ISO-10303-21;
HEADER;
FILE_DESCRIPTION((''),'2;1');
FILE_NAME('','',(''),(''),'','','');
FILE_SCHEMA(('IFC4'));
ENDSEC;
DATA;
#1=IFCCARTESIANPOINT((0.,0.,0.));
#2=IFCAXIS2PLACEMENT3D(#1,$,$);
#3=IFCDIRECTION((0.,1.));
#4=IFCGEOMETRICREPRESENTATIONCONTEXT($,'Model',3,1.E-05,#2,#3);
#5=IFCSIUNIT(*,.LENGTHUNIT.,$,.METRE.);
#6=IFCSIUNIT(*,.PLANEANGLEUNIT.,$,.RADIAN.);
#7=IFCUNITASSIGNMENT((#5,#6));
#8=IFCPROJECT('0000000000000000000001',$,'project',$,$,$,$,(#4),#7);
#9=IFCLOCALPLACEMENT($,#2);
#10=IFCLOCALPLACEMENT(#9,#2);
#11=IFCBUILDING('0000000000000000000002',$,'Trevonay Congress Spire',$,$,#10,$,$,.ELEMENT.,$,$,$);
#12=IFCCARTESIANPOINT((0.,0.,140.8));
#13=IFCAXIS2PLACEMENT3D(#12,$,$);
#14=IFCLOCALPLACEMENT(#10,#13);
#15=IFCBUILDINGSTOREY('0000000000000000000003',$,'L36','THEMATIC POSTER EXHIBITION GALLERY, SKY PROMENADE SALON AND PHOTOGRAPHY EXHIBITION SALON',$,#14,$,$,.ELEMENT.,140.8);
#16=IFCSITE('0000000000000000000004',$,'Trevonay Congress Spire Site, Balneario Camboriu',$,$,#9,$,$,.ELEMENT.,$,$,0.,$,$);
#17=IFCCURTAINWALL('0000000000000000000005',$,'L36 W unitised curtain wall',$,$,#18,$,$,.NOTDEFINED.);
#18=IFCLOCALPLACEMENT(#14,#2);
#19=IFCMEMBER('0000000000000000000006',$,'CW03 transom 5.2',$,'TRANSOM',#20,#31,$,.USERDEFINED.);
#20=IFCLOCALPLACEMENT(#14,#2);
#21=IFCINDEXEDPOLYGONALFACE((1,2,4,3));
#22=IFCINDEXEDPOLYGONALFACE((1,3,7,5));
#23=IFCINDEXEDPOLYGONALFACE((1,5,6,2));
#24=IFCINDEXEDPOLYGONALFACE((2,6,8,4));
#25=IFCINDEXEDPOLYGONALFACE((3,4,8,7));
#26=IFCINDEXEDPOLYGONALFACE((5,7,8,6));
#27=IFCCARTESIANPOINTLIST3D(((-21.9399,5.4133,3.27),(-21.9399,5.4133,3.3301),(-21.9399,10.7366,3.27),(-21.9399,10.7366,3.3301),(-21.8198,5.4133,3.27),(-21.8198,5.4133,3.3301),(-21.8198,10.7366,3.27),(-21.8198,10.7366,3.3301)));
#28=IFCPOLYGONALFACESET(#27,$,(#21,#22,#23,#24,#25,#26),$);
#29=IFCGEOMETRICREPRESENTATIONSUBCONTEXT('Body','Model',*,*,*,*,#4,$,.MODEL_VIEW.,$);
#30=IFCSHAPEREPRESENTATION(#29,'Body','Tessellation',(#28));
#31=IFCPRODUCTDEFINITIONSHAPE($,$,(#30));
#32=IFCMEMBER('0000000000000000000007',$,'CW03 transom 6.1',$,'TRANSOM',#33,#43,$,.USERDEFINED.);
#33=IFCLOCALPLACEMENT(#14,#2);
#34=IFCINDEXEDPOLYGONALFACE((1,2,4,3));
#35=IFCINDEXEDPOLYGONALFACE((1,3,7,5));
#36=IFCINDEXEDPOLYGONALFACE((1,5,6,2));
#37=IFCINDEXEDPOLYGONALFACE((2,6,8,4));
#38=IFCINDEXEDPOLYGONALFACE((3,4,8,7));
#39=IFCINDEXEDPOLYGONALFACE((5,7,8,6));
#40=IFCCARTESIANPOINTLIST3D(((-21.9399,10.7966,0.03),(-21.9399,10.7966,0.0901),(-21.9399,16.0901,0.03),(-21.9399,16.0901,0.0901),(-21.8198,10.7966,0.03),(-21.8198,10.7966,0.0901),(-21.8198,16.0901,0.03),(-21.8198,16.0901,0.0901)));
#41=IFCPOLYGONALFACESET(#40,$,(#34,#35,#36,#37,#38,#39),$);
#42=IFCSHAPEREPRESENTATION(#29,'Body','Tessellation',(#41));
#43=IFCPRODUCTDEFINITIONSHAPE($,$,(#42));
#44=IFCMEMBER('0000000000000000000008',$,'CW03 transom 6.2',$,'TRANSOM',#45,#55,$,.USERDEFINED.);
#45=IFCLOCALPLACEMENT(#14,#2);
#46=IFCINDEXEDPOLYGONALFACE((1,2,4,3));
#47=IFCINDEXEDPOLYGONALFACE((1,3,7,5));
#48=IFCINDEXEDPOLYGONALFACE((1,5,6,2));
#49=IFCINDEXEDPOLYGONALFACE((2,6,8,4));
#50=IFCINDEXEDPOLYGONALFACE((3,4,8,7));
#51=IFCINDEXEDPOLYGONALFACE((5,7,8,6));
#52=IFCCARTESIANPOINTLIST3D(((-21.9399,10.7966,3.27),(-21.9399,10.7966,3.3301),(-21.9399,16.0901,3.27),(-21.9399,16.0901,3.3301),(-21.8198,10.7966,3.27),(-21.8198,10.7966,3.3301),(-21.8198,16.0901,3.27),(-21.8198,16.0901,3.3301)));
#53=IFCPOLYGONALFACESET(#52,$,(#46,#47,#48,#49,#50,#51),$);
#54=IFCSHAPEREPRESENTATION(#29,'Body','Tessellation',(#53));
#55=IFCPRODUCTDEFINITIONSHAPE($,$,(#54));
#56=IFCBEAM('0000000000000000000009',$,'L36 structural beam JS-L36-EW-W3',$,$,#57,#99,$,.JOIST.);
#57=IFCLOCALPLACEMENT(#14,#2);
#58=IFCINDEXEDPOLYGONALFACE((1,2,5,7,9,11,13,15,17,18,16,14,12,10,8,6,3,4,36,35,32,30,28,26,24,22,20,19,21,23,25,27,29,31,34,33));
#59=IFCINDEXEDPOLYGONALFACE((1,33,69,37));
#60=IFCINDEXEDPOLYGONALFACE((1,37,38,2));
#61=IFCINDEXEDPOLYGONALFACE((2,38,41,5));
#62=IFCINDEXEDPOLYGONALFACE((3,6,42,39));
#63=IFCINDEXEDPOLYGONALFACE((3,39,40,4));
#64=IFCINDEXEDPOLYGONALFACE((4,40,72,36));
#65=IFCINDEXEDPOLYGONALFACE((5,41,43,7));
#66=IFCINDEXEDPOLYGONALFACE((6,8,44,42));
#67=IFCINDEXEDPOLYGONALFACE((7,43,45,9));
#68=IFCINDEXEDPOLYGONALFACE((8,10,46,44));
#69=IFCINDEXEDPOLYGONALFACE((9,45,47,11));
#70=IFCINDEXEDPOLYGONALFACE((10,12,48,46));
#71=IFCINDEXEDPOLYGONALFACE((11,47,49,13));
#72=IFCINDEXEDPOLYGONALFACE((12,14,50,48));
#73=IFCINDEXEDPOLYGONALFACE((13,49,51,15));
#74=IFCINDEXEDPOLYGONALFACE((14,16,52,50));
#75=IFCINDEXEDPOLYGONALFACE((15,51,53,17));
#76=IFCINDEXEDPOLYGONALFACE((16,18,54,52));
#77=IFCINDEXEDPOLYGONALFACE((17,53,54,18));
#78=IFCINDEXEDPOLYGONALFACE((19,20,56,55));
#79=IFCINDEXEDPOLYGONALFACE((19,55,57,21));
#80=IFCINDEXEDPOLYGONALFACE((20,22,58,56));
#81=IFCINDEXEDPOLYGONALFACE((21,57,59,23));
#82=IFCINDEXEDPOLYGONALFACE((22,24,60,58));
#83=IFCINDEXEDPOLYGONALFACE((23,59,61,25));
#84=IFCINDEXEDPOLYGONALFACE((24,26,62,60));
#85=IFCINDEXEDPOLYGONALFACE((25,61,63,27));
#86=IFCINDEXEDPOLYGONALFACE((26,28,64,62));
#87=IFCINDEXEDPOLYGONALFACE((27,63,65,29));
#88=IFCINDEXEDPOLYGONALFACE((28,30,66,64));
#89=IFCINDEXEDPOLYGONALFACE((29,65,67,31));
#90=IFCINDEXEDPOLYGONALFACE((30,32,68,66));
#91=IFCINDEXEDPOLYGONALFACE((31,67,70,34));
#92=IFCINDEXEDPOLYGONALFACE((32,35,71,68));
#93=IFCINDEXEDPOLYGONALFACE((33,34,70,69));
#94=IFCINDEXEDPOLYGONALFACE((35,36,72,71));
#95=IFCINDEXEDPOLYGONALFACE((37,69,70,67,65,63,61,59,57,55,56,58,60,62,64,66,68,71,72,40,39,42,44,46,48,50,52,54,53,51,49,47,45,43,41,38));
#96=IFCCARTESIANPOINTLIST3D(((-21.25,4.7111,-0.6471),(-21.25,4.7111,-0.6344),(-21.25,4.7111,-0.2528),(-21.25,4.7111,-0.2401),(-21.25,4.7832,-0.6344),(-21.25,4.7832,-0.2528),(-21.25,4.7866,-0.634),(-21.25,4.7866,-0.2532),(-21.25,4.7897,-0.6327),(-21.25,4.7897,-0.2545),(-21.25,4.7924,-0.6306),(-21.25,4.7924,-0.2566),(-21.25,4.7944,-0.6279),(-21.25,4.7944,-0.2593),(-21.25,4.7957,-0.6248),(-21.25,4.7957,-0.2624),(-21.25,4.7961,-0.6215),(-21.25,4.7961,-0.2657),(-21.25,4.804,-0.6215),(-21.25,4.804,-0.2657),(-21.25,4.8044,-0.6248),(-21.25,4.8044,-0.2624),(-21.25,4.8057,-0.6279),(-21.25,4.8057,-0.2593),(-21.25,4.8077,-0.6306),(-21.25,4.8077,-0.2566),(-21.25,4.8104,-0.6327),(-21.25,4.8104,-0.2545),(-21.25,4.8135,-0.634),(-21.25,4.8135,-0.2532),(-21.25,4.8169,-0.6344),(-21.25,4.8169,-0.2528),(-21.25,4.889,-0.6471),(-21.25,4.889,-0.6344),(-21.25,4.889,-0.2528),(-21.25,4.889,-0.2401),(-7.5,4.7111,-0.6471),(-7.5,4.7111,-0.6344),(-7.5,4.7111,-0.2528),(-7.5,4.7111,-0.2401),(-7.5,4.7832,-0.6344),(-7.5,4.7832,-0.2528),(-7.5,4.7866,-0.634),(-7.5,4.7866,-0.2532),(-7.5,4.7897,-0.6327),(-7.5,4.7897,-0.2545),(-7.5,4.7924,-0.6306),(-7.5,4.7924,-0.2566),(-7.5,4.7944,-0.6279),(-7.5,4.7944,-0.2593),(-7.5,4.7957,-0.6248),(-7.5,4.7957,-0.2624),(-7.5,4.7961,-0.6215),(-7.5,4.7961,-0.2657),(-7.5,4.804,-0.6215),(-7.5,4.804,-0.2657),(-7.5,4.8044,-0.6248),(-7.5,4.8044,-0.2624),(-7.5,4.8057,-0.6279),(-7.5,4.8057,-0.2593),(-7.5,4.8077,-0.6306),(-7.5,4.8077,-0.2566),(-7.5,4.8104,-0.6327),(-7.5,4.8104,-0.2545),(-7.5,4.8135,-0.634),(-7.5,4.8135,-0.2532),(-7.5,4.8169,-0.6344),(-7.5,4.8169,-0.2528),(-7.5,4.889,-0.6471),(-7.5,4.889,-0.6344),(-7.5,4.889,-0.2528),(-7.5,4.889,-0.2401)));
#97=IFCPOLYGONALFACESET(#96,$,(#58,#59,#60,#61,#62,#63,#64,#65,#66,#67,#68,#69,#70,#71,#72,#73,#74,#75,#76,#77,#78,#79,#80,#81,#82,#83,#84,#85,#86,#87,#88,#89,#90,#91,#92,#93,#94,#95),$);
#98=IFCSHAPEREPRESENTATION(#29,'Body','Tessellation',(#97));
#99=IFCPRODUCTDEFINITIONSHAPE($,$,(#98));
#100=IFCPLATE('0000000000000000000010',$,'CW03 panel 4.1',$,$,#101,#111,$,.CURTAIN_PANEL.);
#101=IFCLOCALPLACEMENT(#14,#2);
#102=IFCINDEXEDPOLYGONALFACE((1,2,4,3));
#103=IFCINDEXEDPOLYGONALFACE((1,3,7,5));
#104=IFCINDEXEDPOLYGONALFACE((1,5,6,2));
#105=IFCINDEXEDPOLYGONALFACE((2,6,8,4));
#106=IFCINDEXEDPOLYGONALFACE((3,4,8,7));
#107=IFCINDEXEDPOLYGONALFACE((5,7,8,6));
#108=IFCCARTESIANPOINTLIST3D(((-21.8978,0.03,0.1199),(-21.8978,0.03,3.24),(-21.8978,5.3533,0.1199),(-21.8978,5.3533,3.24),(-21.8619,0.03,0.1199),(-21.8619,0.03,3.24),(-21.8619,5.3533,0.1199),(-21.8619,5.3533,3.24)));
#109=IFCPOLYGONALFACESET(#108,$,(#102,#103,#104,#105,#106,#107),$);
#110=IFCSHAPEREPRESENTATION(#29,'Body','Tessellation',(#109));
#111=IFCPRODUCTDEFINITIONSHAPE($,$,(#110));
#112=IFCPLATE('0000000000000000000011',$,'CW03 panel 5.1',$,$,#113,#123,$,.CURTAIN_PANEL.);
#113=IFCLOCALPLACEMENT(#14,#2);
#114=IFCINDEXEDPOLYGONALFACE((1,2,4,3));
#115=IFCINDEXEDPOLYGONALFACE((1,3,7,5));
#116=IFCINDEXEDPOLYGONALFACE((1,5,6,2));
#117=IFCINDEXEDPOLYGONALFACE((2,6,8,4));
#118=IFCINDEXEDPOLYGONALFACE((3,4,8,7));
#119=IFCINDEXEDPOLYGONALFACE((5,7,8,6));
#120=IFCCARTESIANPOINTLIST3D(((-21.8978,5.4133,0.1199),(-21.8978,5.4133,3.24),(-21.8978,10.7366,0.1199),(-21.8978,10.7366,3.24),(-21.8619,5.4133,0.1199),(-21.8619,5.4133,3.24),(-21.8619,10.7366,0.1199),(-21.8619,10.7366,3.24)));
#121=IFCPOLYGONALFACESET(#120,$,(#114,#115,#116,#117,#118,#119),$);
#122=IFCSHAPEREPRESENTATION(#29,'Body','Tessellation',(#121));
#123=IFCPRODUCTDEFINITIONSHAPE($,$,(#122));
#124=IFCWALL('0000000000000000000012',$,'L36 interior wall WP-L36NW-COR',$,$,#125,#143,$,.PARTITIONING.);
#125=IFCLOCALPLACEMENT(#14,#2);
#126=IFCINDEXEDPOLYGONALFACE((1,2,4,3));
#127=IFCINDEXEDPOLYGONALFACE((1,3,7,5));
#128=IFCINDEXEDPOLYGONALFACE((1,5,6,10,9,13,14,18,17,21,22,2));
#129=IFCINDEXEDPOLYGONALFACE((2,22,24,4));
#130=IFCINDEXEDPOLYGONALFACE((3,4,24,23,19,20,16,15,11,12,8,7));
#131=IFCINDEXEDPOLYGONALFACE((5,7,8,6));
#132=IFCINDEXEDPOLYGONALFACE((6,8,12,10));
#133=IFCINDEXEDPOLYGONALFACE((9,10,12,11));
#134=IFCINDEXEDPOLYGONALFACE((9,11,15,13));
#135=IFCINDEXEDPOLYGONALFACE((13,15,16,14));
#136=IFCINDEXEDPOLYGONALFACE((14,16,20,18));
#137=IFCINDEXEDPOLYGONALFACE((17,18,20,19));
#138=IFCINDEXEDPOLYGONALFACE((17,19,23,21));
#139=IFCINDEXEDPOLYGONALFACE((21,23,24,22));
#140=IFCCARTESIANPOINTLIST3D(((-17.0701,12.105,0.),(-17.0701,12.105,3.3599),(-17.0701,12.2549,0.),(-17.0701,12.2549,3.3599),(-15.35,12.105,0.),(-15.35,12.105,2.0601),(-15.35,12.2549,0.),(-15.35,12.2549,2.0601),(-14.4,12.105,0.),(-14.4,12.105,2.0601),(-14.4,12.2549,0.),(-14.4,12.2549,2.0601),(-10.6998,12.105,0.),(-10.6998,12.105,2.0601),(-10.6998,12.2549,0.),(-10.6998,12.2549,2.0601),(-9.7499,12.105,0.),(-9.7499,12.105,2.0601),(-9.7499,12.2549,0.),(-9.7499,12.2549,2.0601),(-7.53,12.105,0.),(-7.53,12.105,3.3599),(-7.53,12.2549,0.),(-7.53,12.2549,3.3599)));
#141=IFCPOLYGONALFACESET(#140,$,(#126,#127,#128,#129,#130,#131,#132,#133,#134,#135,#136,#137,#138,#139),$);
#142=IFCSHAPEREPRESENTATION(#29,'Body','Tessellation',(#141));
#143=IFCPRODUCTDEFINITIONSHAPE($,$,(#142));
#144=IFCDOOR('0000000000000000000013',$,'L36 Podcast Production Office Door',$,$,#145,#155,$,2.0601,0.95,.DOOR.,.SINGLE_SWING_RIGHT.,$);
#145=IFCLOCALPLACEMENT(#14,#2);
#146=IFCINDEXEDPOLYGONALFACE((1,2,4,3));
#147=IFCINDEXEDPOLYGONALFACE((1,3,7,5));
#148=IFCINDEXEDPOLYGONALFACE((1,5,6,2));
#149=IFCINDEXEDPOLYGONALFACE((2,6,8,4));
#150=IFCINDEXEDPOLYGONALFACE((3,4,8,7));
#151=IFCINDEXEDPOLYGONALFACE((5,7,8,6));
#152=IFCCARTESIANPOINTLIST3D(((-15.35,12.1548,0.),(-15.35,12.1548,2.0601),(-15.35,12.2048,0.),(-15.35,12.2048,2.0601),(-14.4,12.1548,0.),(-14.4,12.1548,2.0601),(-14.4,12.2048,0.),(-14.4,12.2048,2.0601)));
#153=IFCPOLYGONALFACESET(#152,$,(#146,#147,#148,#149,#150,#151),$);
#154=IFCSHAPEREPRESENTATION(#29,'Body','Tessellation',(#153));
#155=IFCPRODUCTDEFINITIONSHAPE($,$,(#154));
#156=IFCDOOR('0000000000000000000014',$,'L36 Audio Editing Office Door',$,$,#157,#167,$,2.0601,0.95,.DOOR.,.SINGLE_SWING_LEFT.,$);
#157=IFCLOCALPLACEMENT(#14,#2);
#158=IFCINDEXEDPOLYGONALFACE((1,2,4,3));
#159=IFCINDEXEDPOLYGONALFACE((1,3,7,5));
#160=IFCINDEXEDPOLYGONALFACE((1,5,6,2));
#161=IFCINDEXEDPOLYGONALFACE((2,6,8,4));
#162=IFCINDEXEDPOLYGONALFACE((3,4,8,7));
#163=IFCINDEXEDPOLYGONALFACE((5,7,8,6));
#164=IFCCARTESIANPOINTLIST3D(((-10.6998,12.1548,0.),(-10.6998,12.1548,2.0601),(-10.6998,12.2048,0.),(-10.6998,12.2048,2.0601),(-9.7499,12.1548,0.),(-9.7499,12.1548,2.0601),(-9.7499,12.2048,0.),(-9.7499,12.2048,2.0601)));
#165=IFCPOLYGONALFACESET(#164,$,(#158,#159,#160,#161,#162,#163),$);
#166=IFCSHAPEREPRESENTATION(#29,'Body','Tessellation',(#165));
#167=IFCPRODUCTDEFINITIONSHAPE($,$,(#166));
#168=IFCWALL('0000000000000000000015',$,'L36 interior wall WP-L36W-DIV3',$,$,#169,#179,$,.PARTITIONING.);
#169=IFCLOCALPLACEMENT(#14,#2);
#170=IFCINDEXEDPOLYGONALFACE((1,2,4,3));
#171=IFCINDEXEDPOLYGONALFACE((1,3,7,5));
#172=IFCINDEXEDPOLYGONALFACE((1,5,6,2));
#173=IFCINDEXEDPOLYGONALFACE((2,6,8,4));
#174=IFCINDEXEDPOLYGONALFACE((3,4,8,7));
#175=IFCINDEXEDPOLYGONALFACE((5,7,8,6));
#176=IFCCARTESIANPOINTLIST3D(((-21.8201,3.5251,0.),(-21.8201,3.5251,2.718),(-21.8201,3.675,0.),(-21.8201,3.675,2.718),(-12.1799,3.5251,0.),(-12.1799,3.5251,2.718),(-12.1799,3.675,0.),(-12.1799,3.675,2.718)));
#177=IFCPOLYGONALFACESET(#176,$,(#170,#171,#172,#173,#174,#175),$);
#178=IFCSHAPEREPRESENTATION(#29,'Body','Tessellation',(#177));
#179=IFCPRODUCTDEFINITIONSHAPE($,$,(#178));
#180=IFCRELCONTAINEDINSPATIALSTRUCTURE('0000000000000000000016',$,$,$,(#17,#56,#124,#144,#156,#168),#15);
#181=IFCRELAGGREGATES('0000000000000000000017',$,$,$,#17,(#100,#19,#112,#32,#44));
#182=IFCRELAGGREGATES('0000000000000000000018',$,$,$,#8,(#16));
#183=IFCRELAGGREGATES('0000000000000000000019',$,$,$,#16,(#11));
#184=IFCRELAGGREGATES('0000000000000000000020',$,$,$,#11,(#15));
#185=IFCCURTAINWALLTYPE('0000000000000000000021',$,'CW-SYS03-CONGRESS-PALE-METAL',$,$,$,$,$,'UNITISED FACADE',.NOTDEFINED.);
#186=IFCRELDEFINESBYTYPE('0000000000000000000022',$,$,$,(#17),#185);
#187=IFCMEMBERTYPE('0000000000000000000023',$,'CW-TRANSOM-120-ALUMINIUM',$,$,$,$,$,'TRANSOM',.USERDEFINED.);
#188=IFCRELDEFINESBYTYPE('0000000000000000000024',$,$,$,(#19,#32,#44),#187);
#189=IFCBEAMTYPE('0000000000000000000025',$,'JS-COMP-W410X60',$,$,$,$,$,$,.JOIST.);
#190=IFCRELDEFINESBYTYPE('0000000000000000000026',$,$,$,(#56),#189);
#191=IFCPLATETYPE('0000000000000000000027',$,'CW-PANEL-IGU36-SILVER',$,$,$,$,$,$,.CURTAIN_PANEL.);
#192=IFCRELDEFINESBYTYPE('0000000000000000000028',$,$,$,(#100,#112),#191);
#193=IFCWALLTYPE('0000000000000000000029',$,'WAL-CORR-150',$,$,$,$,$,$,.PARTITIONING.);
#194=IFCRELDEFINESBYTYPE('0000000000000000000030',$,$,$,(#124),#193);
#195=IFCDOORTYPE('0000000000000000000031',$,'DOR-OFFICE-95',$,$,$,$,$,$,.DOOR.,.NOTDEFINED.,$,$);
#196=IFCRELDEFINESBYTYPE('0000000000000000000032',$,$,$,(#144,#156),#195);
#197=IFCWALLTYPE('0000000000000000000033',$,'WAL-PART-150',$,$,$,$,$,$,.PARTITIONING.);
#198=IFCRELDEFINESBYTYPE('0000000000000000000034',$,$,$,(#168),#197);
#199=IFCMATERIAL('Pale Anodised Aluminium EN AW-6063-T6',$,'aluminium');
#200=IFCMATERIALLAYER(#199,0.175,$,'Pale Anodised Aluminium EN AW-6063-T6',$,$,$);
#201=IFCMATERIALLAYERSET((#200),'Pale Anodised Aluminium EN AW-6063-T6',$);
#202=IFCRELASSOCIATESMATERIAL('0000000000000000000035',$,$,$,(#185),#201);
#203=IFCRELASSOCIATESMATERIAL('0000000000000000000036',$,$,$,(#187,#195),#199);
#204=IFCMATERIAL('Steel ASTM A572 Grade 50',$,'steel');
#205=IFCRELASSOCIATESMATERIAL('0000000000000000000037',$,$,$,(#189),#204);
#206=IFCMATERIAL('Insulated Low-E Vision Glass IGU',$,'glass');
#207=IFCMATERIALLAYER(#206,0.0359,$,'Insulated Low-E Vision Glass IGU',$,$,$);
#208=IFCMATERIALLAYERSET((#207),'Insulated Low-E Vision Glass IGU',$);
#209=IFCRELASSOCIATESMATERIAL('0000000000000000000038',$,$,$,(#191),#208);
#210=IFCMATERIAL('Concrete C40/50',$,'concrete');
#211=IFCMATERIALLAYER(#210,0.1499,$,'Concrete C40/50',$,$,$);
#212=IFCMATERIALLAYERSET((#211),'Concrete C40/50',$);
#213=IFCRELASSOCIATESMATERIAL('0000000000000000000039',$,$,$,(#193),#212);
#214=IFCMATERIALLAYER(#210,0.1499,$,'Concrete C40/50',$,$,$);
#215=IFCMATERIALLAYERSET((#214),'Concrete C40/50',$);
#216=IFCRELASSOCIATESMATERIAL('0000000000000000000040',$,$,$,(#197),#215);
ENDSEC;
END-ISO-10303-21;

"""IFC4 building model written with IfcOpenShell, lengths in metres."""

from ifc_helpers import new_model, si_unit, direction, frame, frame_2d, origin, origin_2d, place, context, subcontext, project, spatial, rectangle, i_section, extrude, material, layer, layer_set, material_profile, profile_set, type_object, element, fill, aggregate, save


model = new_model("IFC4")

# Units and contexts
model_context = context("Model", 3, precision=1e-05, world=origin(), true_north=direction((0.0, 1.0)))
body_context = subcontext(model_context, "Body", "Model", "MODEL_VIEW")
ifc_project = project(units=[si_unit("LENGTHUNIT", "METRE"), si_unit("PLANEANGLEUNIT", "RADIAN")], contexts=[model_context])

# Site, building, storey
site_placement = place(None, origin())
site = spatial("IfcSite", under=ifc_project, at=site_placement, Name="Trevonay Congress Spire Site, Balneario Camboriu", CompositionType="ELEMENT", RefElevation=0.0)
building_placement = place(site_placement, origin())
building = spatial("IfcBuilding", under=site, at=building_placement, Name="Trevonay Congress Spire", CompositionType="ELEMENT")
storey_placement = place(building_placement, frame((0.0, 0.0, 140.8)))
storey = spatial("IfcBuildingStorey", under=building, at=storey_placement, Name="L36", Description="THEMATIC POSTER EXHIBITION GALLERY, SKY PROMENADE SALON AND PHOTOGRAPHY EXHIBITION SALON", CompositionType="ELEMENT", Elevation=140.8)

# Shared definitions
ifc_material_1 = material(Name="Steel ASTM A572 Grade 50", Category="steel")

# Curtain wall, members
ifc_material_2 = material(Name="Pale Anodised Aluminium EN AW-6063-T6", Category="aluminium")
ifc_layer_1 = layer(ifc_material_2, 0.175, Name="Pale Anodised Aluminium EN AW-6063-T6")
ifc_layer_set_1 = layer_set([ifc_layer_1], Name="Pale Anodised Aluminium EN AW-6063-T6")
curtain_wall_type = type_object("IfcCurtainWallType", Name="CW-SYS03-CONGRESS-PALE-METAL", ElementType="UNITISED FACADE", PredefinedType="NOTDEFINED", material=ifc_layer_set_1)
curtain_wall_placement = place(storey_placement, origin())
curtain_wall = element("IfcCurtainWall", 1, at=curtain_wall_placement, inside=storey, type_object=curtain_wall_type, Name="L36 W unitised curtain wall", PredefinedType="NOTDEFINED")
ifc_material_profile_1 = material_profile(ifc_material_2, rectangle(XDim=0.1201, YDim=0.0601, at=origin_2d()), Name="CW-TRANSOM-120-ALUMINIUM")
ifc_profile_set_1 = profile_set([ifc_material_profile_1], Name="Pale Anodised Aluminium EN AW-6063-T6")
member_type_1 = type_object("IfcMemberType", Name="CW-TRANSOM-120-ALUMINIUM", ElementType="TRANSOM", PredefinedType="USERDEFINED", material=ifc_profile_set_1)
member_1_placement = place(storey_placement, frame((-21.8799, 5.4133, 3.3), z_axis=(0.0, 1.0, 0.0), x_axis=(-1.0, 0.0, 0.0)))
member_1 = element("IfcMember", 2, at=member_1_placement, type_object=member_type_1, Name="CW03 transom 5.2", ObjectType="TRANSOM", PredefinedType="USERDEFINED", context=body_context, shape_type="SweptSolid", body=[
    extrude(rectangle(XDim=0.1201, YDim=0.0601, at=origin_2d()), origin(), (0.0, 0.0, 1.0), 5.3232),
])
member_2_placement = place(storey_placement, frame((-21.8799, 10.7966, 0.0601), z_axis=(0.0, 1.0, 0.0), x_axis=(-1.0, 0.0, 0.0)))
member_2 = element("IfcMember", 3, at=member_2_placement, type_object=member_type_1, Name="CW03 transom 6.1", ObjectType="TRANSOM", PredefinedType="USERDEFINED", context=body_context, shape_type="SweptSolid", body=[
    extrude(rectangle(XDim=0.1201, YDim=0.0601, at=origin_2d()), origin(), (0.0, 0.0, 1.0), 5.2935),
])
member_3_placement = place(storey_placement, frame((-21.8799, 10.7966, 3.3), z_axis=(0.0, 1.0, 0.0), x_axis=(-1.0, 0.0, 0.0)))
member_3 = element("IfcMember", 4, at=member_3_placement, type_object=member_type_1, Name="CW03 transom 6.2", ObjectType="TRANSOM", PredefinedType="USERDEFINED", context=body_context, shape_type="SweptSolid", body=[
    extrude(rectangle(XDim=0.1201, YDim=0.0601, at=origin_2d()), origin(), (0.0, 0.0, 1.0), 5.2935),
])

# Beam
ifc_material_profile_2 = material_profile(ifc_material_1, i_section(OverallWidth=0.178, OverallDepth=0.407, WebThickness=0.0078, FlangeThickness=0.0127, FilletRadius=0.0129, at=origin_2d()), Name="W410x60")
ifc_profile_set_2 = profile_set([ifc_material_profile_2], Name="Steel ASTM A572 Grade 50")
beam_type_1 = type_object("IfcBeamType", Name="JS-COMP-W410X60", PredefinedType="JOIST", material=ifc_profile_set_2)
beam_placement = place(storey_placement, frame((-21.25, 4.8, -0.4436), z_axis=(1.0, 0.0, 0.0), x_axis=(0.0, 1.0, 0.0)))
element("IfcBeam", 5, at=beam_placement, inside=storey, type_object=beam_type_1, Name="L36 structural beam JS-L36-EW-W3", PredefinedType="JOIST", context=body_context, shape_type="SweptSolid", body=[
    extrude(i_section(OverallWidth=0.178, OverallDepth=0.407, WebThickness=0.0078, FlangeThickness=0.0127, FilletRadius=0.0129, at=origin_2d()), origin(), (0.0, 0.0, 1.0), 13.75),
])

# Plates
ifc_material_3 = material(Name="Insulated Low-E Vision Glass IGU", Category="glass")
ifc_layer_2 = layer(ifc_material_3, 0.0359, Name="Insulated Low-E Vision Glass IGU")
ifc_layer_set_2 = layer_set([ifc_layer_2], Name="Insulated Low-E Vision Glass IGU")
plate_type = type_object("IfcPlateType", Name="CW-PANEL-IGU36-SILVER", PredefinedType="CURTAIN_PANEL", material=ifc_layer_set_2)
plate_1_placement = place(storey_placement, frame((-21.8799, 2.6917, 0.1199), z_axis=(0.0, 0.0, 1.0), x_axis=(0.0, 1.0, 0.0)))
plate_1 = element("IfcPlate", 6, at=plate_1_placement, type_object=plate_type, Name="CW03 panel 4.1", PredefinedType="CURTAIN_PANEL", context=body_context, shape_type="SweptSolid", body=[
    extrude(rectangle(XDim=5.3232, YDim=0.0359, at=origin_2d()), origin(), (0.0, 0.0, 1.0), 3.1201),
])
plate_2_placement = place(storey_placement, frame((-21.8799, 8.075, 0.1199), z_axis=(0.0, 0.0, 1.0), x_axis=(0.0, 1.0, 0.0)))
plate_2 = element("IfcPlate", 7, at=plate_2_placement, type_object=plate_type, Name="CW03 panel 5.1", PredefinedType="CURTAIN_PANEL", context=body_context, shape_type="SweptSolid", body=[
    extrude(rectangle(XDim=5.3232, YDim=0.0359, at=origin_2d()), origin(), (0.0, 0.0, 1.0), 3.1201),
])
aggregate(curtain_wall, [plate_1, member_1, plate_2, member_2, member_3])

# Wall, openings, doors
ifc_material_4 = material(Name="Concrete C40/50", Category="concrete")
ifc_layer_3 = layer(ifc_material_4, 0.1499, Name="Concrete C40/50")
ifc_layer_set_3 = layer_set([ifc_layer_3], Name="Concrete C40/50")
wall_type_1 = type_object("IfcWallType", Name="WAL-CORR-150", PredefinedType="PARTITIONING", material=ifc_layer_set_3)
wall_1_placement = place(storey_placement, frame((-17.0701, 12.1799, 0.0), z_axis=(0.0, 0.0, 1.0), x_axis=(1.0, 0.0, 0.0)))
wall_1 = element("IfcWall", 8, at=wall_1_placement, inside=storey, type_object=wall_type_1, Name="L36 interior wall WP-L36NW-COR", PredefinedType="PARTITIONING", context=body_context, shape_type="SweptSolid", body=[
    extrude(rectangle(XDim=9.54, YDim=0.1499, at=frame_2d((4.77, 0.0))), origin(), (0.0, 0.0, 1.0), 3.3599),
])
opening_1_placement = place(wall_1_placement, frame((1.72, 0.0, 0.0)))
opening_1 = element("IfcOpeningElement", 9, at=opening_1_placement, cuts=wall_1, PredefinedType="OPENING", context=body_context, shape_type="SweptSolid", body=[
    extrude(rectangle(XDim=0.95, YDim=2.0601, at=frame_2d((0.4751, 1.03))), frame((0.0, 0.085, 0.0), z_axis=(0.0, -1.0, 0.0), x_axis=(1.0, 0.0, 0.0)), (0.0, 0.0, 1.0), 0.1699),
])
opening_2_placement = place(wall_1_placement, frame((6.3701, 0.0, 0.0)))
opening_2 = element("IfcOpeningElement", 10, at=opening_2_placement, cuts=wall_1, PredefinedType="OPENING", context=body_context, shape_type="SweptSolid", body=[
    extrude(rectangle(XDim=0.95, YDim=2.0601, at=frame_2d((0.4751, 1.03))), frame((0.0, 0.085, 0.0), z_axis=(0.0, -1.0, 0.0), x_axis=(1.0, 0.0, 0.0)), (0.0, 0.0, 1.0), 0.1699),
])
door_type = type_object("IfcDoorType", Name="DOR-OFFICE-95", OperationType="NOTDEFINED", PredefinedType="DOOR", material=ifc_material_2)
door_1_placement = place(opening_1_placement, origin())
door_1 = element("IfcDoor", 11, at=door_1_placement, inside=storey, type_object=door_type, Name="L36 Podcast Production Office Door", OperationType="SINGLE_SWING_RIGHT", OverallHeight=2.0601, OverallWidth=0.95, PredefinedType="DOOR", context=body_context, shape_type="SweptSolid", body=[
    extrude(rectangle(XDim=0.95, YDim=2.0601, at=frame_2d((0.4751, 1.03))), frame((0.0, 0.0249, 0.0), z_axis=(0.0, -1.0, 0.0), x_axis=(1.0, 0.0, 0.0)), (0.0, 0.0, 1.0), 0.05),
])
fill(opening_1, door_1)
door_2_placement = place(opening_2_placement, origin())
door_2 = element("IfcDoor", 12, at=door_2_placement, inside=storey, type_object=door_type, Name="L36 Audio Editing Office Door", OperationType="SINGLE_SWING_LEFT", OverallHeight=2.0601, OverallWidth=0.95, PredefinedType="DOOR", context=body_context, shape_type="SweptSolid", body=[
    extrude(rectangle(XDim=0.95, YDim=2.0601, at=frame_2d((0.4751, 1.03))), frame((0.0, 0.0249, 0.0), z_axis=(0.0, -1.0, 0.0), x_axis=(1.0, 0.0, 0.0)), (0.0, 0.0, 1.0), 0.05),
])
fill(opening_2, door_2)

# Wall
ifc_layer_4 = layer(ifc_material_4, 0.1499, Name="Concrete C40/50")
ifc_layer_set_4 = layer_set([ifc_layer_4], Name="Concrete C40/50")
wall_type_2 = type_object("IfcWallType", Name="WAL-PART-150", PredefinedType="PARTITIONING", material=ifc_layer_set_4)
wall_2_placement = place(storey_placement, frame((-21.8201, 3.6001, 0.0), z_axis=(0.0, 0.0, 1.0), x_axis=(1.0, 0.0, 0.0)))
element("IfcWall", 13, at=wall_2_placement, inside=storey, type_object=wall_type_2, Name="L36 interior wall WP-L36W-DIV3", PredefinedType="PARTITIONING", context=body_context, shape_type="SweptSolid", body=[
    extrude(rectangle(XDim=9.6401, YDim=0.1499, at=frame_2d((4.8201, 0.0))), origin(), (0.0, 0.0, 1.0), 2.718),
])

save(model, "model.ifc")
